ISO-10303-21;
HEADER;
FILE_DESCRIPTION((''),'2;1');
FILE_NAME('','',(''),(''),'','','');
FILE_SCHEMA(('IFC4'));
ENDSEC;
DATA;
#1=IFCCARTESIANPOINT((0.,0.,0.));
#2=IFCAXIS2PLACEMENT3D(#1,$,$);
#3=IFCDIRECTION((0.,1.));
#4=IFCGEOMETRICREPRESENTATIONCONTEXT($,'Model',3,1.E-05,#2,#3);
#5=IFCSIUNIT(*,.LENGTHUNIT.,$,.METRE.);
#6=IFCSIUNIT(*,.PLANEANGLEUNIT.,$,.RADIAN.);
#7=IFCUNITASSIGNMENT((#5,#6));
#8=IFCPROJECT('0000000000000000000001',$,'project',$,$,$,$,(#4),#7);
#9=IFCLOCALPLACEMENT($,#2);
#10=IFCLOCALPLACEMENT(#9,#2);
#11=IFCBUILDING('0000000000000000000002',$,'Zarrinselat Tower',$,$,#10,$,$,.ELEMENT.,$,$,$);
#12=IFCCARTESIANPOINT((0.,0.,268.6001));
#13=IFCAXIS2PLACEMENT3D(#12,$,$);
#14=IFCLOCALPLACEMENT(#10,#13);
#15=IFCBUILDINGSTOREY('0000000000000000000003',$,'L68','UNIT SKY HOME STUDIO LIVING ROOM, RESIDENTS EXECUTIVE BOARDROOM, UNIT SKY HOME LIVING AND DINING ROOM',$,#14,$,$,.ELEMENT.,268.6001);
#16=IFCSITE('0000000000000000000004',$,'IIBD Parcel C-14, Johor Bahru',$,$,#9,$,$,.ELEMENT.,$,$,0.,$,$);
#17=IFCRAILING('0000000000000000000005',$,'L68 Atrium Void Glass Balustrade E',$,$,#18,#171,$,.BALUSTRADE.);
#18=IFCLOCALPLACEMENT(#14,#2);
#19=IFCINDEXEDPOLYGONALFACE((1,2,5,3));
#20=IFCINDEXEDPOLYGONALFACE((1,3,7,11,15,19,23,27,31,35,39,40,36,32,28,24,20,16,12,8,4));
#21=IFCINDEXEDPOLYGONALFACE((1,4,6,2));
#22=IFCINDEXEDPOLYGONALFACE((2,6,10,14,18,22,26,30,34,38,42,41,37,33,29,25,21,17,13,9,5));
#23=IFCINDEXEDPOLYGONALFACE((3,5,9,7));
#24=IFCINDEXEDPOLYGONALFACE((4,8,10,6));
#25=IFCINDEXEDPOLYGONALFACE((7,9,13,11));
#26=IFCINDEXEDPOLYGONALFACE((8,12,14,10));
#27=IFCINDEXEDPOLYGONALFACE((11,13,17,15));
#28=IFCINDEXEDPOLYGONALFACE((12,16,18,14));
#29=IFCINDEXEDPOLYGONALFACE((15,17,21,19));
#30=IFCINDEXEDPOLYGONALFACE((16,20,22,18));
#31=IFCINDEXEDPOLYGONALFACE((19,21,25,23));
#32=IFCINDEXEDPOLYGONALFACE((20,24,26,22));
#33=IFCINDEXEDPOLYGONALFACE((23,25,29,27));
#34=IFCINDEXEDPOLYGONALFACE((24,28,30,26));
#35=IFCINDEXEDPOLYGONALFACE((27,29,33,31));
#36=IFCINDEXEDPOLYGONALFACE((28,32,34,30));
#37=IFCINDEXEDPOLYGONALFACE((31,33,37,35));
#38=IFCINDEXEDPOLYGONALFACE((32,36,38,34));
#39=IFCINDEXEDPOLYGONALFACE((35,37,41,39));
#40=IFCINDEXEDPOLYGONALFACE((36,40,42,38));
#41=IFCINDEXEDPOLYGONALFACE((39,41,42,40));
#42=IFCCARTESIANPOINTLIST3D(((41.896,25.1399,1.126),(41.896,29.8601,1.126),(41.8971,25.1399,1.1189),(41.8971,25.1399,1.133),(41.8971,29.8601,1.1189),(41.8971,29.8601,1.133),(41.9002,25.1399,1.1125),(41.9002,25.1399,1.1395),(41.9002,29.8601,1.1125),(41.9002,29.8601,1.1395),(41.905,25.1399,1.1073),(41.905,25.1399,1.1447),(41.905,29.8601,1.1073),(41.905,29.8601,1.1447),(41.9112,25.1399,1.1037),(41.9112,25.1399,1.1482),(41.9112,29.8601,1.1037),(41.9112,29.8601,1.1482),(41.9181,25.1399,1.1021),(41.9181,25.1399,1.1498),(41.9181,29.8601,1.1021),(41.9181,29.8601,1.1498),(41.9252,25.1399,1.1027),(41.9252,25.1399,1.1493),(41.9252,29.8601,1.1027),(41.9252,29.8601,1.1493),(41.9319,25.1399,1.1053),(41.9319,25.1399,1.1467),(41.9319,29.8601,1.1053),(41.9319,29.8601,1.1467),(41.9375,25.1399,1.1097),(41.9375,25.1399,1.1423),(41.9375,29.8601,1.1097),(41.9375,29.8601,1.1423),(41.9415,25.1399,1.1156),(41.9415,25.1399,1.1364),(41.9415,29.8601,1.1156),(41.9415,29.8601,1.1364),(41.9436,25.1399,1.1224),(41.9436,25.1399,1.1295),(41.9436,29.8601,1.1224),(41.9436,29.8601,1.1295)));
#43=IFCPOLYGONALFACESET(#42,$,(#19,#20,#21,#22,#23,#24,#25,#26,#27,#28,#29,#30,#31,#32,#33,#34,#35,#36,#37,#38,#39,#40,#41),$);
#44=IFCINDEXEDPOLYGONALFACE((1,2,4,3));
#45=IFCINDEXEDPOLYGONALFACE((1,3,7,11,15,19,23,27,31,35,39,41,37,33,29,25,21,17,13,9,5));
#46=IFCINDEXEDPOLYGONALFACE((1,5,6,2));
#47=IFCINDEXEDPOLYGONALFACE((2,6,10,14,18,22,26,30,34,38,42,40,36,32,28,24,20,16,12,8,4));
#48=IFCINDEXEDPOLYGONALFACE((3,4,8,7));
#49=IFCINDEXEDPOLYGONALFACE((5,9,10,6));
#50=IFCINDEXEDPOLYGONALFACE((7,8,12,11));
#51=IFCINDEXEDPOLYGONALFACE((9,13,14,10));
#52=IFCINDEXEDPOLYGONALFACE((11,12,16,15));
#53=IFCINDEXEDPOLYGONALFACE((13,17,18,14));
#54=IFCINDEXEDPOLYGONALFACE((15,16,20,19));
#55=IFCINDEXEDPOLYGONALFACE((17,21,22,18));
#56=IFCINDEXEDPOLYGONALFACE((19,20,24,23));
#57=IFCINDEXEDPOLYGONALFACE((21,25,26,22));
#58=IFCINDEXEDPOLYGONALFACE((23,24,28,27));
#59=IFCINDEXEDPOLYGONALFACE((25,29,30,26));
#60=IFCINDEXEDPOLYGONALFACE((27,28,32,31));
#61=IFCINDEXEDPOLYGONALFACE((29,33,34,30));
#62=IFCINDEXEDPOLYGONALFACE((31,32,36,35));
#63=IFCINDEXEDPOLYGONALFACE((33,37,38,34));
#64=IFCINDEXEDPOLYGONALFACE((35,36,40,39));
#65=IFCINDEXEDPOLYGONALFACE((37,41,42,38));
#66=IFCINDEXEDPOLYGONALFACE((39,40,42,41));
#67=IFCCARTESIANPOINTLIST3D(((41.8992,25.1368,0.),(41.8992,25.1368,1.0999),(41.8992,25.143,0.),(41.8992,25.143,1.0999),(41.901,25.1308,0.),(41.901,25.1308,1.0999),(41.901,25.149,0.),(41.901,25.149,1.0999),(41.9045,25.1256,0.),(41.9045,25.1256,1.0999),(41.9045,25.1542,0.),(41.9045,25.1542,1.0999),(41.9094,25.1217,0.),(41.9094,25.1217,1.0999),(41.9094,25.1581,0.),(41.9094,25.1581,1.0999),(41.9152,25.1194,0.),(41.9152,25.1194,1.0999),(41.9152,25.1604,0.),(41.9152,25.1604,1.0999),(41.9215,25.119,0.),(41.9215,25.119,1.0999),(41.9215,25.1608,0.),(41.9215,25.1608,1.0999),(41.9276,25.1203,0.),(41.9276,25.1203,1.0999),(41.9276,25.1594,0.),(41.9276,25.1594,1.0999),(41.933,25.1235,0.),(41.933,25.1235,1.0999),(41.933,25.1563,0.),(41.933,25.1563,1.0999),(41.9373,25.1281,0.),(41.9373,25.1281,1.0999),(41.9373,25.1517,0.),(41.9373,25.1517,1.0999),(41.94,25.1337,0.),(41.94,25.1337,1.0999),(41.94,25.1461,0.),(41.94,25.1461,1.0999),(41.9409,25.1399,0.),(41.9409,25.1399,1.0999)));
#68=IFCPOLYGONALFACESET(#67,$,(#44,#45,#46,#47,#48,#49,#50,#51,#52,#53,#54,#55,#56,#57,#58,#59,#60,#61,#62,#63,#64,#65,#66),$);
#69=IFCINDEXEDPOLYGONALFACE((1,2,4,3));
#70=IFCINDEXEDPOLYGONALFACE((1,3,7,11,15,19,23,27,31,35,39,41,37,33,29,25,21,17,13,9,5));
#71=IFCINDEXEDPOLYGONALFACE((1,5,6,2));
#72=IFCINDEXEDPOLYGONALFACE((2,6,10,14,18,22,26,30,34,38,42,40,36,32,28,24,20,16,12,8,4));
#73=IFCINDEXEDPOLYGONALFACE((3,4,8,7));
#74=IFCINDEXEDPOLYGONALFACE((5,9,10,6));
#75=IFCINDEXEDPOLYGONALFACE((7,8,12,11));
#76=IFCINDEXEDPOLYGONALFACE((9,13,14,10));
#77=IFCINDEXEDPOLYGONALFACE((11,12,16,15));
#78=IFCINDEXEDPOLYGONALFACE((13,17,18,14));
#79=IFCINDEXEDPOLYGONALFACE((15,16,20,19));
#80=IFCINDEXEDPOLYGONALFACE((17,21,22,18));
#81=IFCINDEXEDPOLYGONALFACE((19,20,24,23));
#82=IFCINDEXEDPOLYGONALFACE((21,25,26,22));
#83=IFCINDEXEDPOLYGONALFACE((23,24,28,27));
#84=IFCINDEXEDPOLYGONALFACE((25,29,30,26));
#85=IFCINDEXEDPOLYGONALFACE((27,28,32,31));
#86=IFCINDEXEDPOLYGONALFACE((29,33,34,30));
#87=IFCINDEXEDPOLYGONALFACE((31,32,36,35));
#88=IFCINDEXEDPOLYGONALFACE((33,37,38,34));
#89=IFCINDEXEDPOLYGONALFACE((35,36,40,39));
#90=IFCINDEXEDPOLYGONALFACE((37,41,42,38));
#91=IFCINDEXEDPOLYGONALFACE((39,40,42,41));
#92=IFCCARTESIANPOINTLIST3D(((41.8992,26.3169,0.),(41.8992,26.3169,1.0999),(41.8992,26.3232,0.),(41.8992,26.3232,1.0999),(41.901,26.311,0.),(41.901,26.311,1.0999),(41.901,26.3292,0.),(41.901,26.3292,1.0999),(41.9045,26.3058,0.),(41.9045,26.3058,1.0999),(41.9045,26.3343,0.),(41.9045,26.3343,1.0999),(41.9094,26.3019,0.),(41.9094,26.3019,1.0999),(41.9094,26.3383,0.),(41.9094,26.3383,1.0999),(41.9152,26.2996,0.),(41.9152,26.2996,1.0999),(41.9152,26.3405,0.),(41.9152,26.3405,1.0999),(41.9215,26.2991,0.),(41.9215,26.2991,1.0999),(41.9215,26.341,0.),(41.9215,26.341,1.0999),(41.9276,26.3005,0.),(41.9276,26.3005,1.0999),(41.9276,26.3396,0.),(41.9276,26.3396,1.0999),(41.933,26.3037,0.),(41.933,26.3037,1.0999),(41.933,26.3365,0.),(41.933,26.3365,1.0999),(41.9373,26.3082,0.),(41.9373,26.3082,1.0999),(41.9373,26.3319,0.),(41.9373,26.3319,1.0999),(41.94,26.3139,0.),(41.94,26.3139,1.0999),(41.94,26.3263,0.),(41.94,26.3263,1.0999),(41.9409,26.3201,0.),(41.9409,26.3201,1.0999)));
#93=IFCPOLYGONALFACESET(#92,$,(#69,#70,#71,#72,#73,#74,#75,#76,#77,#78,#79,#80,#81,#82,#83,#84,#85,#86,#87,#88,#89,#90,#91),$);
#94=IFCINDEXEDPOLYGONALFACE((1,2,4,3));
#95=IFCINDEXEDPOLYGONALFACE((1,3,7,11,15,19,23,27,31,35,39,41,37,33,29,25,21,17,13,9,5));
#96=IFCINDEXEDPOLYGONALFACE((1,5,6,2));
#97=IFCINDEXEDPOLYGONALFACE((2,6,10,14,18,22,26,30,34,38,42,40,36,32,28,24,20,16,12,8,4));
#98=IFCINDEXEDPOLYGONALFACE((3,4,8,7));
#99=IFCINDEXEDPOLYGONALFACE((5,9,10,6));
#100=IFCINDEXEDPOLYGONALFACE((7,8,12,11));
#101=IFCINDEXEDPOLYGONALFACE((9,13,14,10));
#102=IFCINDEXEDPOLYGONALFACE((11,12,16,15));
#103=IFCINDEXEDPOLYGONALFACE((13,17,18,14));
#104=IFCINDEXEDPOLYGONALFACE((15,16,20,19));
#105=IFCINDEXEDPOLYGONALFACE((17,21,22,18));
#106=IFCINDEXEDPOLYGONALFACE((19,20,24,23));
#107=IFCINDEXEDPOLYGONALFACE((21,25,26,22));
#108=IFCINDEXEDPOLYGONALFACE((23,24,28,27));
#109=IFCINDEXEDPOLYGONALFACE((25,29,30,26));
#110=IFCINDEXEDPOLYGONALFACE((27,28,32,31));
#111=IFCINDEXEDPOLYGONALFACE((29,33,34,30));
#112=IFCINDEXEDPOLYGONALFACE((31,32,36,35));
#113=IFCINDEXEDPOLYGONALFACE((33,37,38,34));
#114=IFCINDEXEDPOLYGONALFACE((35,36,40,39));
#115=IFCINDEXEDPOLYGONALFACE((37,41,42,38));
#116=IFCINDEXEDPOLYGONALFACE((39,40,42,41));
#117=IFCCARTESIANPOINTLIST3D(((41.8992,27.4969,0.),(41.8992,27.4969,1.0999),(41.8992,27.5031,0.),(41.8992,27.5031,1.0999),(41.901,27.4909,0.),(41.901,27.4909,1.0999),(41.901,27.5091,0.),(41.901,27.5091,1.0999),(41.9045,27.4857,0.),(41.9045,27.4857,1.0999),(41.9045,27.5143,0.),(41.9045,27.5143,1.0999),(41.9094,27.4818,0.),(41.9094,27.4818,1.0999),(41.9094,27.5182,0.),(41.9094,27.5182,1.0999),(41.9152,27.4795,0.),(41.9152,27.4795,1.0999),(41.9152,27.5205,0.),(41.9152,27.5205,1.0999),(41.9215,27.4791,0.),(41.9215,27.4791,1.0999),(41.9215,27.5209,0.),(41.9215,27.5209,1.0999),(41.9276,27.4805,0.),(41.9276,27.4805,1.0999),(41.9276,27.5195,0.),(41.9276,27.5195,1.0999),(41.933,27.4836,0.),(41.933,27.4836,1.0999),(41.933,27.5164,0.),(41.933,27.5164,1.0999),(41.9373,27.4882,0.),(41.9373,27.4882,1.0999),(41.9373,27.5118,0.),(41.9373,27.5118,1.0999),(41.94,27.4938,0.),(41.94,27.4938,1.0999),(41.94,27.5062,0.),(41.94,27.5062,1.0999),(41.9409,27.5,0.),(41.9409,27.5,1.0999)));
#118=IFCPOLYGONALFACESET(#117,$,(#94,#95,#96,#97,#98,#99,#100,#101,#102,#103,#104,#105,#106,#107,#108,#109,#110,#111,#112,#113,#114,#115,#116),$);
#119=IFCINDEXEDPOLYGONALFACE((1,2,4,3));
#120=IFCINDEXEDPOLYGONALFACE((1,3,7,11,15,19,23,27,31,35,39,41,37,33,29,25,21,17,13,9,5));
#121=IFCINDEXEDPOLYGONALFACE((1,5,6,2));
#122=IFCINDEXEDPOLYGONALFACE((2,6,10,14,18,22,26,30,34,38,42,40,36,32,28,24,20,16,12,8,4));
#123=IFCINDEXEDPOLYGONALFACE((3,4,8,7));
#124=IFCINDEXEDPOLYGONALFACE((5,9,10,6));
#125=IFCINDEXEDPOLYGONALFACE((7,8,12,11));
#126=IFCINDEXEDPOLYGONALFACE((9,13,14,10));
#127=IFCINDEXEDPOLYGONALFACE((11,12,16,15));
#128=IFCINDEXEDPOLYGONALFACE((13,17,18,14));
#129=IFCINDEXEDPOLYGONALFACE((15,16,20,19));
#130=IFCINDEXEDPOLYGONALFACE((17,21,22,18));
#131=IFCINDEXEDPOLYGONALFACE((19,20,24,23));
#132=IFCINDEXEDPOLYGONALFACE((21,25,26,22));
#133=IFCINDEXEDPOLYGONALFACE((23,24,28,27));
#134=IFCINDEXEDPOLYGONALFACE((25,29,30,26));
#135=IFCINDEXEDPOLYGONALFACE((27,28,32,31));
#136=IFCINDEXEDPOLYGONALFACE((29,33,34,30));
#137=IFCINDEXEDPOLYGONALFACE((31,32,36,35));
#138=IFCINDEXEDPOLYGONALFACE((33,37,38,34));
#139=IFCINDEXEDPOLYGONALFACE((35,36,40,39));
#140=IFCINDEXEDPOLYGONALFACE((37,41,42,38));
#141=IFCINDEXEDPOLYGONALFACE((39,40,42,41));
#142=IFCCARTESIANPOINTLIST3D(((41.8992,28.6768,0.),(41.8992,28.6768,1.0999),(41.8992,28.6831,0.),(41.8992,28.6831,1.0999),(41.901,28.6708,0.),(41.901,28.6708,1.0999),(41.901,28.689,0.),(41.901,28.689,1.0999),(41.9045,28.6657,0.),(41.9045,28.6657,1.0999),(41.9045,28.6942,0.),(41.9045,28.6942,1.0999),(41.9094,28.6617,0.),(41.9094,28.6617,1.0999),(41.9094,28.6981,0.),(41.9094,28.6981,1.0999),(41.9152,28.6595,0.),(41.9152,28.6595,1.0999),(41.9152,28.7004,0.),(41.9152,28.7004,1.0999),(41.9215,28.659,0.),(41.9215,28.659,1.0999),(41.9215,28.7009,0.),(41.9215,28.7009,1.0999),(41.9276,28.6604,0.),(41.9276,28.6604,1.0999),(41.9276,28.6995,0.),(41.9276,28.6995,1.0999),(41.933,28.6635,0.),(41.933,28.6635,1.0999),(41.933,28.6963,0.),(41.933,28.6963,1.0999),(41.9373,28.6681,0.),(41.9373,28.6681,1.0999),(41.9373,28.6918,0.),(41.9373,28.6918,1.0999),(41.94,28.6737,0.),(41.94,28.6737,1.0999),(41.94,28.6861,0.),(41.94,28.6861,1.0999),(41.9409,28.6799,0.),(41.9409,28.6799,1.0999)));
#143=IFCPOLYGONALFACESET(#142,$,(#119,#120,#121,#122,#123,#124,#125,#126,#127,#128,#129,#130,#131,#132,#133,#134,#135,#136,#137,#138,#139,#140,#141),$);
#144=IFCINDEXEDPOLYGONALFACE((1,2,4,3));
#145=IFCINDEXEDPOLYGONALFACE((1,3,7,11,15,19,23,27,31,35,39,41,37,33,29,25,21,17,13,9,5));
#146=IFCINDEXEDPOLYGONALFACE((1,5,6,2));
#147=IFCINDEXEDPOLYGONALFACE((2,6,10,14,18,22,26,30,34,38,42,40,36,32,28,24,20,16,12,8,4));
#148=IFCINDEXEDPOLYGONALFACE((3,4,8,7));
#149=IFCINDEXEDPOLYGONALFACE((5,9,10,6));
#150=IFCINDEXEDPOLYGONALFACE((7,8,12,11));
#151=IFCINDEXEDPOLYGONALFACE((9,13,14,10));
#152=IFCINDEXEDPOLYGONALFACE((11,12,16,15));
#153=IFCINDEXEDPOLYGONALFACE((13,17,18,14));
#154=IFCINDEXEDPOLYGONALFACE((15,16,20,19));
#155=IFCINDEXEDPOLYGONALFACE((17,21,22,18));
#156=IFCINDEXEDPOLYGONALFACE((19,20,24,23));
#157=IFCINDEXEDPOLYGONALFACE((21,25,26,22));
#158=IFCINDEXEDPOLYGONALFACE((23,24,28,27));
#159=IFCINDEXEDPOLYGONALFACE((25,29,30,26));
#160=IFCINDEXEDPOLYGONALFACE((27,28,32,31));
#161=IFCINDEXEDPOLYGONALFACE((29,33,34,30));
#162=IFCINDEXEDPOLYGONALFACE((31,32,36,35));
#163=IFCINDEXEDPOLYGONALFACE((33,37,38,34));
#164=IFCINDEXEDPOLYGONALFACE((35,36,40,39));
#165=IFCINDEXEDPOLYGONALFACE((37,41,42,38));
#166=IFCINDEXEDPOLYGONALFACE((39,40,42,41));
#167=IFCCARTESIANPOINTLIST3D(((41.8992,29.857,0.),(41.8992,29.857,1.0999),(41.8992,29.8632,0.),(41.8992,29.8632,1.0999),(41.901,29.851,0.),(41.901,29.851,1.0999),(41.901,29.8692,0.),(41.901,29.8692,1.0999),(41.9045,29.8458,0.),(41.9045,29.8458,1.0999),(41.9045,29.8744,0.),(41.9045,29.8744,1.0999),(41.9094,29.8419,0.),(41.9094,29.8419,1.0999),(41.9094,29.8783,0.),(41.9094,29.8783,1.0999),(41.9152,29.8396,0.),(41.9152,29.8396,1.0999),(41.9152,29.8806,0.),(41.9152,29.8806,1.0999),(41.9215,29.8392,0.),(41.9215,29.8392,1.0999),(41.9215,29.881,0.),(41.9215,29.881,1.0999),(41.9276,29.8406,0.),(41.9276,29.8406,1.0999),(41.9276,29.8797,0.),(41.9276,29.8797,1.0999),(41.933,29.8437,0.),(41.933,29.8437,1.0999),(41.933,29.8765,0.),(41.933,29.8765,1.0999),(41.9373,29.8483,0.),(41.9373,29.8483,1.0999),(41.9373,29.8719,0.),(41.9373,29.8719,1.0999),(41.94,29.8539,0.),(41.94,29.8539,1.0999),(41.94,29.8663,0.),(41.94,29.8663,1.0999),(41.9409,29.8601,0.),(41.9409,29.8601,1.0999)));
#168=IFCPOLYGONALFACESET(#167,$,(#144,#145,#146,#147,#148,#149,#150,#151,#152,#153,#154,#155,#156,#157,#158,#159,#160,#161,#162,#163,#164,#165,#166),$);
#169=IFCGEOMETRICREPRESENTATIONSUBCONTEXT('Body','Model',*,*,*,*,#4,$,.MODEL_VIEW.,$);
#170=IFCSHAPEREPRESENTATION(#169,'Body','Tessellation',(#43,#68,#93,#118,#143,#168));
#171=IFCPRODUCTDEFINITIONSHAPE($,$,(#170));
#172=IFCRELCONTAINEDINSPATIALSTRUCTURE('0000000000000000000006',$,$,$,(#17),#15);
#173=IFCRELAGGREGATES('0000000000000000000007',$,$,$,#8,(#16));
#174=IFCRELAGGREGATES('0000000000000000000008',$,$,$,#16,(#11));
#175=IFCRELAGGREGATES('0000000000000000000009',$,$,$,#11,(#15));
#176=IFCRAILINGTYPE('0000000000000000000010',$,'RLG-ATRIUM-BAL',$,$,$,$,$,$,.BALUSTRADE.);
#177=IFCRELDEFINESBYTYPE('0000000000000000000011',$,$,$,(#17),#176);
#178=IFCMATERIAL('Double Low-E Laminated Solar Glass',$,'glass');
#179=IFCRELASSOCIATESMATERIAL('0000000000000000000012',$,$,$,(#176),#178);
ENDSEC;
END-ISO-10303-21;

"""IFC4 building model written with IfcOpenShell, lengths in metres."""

from ifc_helpers import new_model, si_unit, direction, frame, origin, origin_2d, place, context, subcontext, project, spatial, circle, extrude, material, type_object, element, save


model = new_model("IFC4")

# Units and contexts
model_context = context("Model", 3, precision=1e-05, world=origin(), true_north=direction((0.0, 1.0)))
body_context = subcontext(model_context, "Body", "Model", "MODEL_VIEW")
ifc_project = project(units=[si_unit("LENGTHUNIT", "METRE"), si_unit("PLANEANGLEUNIT", "RADIAN")], contexts=[model_context])

# Site, building, storey
site_placement = place(None, origin())
site = spatial("IfcSite", under=ifc_project, at=site_placement, Name="IIBD Parcel C-14, Johor Bahru", CompositionType="ELEMENT", RefElevation=0.0)
building_placement = place(site_placement, origin())
building = spatial("IfcBuilding", under=site, at=building_placement, Name="Zarrinselat Tower", CompositionType="ELEMENT")
storey_placement = place(building_placement, frame((0.0, 0.0, 268.6001)))
storey = spatial("IfcBuildingStorey", under=building, at=storey_placement, Name="L68", Description="UNIT SKY HOME STUDIO LIVING ROOM, RESIDENTS EXECUTIVE BOARDROOM, UNIT SKY HOME LIVING AND DINING ROOM", CompositionType="ELEMENT", Elevation=268.6001)

# Railing
ifc_material_1 = material(Name="Double Low-E Laminated Solar Glass", Category="glass")
railing_type = type_object("IfcRailingType", Name="RLG-ATRIUM-BAL", PredefinedType="BALUSTRADE", material=ifc_material_1)
railing_1_placement = place(storey_placement, frame((41.9199, 25.1399, 0.0)))
element("IfcRailing", 1, at=railing_1_placement, inside=storey, type_object=railing_type, Name="L68 Atrium Void Glass Balustrade E", PredefinedType="BALUSTRADE", context=body_context, shape_type="SweptSolid", body=[
    extrude(circle(Radius=0.0239, at=origin_2d()), frame((0.0, 0.0, 1.126), z_axis=(0.0, 1.0, 0.0), x_axis=(-1.0, 0.0, 0.0)), (0.0, 0.0, 1.0), 4.7202),
    extrude(circle(Radius=0.021, at=origin_2d()), origin(), (0.0, 0.0, 1.0), 1.0999),
    extrude(circle(Radius=0.021, at=origin_2d()), frame((0.0, 1.1802, 0.0)), (0.0, 0.0, 1.0), 1.0999),
    extrude(circle(Radius=0.021, at=origin_2d()), frame((0.0, 2.3601, 0.0)), (0.0, 0.0, 1.0), 1.0999),
    extrude(circle(Radius=0.021, at=origin_2d()), frame((0.0, 3.54, 0.0)), (0.0, 0.0, 1.0), 1.0999),
    extrude(circle(Radius=0.021, at=origin_2d()), frame((0.0, 4.7202, 0.0)), (0.0, 0.0, 1.0), 1.0999),
])

save(model, "model.ifc")
